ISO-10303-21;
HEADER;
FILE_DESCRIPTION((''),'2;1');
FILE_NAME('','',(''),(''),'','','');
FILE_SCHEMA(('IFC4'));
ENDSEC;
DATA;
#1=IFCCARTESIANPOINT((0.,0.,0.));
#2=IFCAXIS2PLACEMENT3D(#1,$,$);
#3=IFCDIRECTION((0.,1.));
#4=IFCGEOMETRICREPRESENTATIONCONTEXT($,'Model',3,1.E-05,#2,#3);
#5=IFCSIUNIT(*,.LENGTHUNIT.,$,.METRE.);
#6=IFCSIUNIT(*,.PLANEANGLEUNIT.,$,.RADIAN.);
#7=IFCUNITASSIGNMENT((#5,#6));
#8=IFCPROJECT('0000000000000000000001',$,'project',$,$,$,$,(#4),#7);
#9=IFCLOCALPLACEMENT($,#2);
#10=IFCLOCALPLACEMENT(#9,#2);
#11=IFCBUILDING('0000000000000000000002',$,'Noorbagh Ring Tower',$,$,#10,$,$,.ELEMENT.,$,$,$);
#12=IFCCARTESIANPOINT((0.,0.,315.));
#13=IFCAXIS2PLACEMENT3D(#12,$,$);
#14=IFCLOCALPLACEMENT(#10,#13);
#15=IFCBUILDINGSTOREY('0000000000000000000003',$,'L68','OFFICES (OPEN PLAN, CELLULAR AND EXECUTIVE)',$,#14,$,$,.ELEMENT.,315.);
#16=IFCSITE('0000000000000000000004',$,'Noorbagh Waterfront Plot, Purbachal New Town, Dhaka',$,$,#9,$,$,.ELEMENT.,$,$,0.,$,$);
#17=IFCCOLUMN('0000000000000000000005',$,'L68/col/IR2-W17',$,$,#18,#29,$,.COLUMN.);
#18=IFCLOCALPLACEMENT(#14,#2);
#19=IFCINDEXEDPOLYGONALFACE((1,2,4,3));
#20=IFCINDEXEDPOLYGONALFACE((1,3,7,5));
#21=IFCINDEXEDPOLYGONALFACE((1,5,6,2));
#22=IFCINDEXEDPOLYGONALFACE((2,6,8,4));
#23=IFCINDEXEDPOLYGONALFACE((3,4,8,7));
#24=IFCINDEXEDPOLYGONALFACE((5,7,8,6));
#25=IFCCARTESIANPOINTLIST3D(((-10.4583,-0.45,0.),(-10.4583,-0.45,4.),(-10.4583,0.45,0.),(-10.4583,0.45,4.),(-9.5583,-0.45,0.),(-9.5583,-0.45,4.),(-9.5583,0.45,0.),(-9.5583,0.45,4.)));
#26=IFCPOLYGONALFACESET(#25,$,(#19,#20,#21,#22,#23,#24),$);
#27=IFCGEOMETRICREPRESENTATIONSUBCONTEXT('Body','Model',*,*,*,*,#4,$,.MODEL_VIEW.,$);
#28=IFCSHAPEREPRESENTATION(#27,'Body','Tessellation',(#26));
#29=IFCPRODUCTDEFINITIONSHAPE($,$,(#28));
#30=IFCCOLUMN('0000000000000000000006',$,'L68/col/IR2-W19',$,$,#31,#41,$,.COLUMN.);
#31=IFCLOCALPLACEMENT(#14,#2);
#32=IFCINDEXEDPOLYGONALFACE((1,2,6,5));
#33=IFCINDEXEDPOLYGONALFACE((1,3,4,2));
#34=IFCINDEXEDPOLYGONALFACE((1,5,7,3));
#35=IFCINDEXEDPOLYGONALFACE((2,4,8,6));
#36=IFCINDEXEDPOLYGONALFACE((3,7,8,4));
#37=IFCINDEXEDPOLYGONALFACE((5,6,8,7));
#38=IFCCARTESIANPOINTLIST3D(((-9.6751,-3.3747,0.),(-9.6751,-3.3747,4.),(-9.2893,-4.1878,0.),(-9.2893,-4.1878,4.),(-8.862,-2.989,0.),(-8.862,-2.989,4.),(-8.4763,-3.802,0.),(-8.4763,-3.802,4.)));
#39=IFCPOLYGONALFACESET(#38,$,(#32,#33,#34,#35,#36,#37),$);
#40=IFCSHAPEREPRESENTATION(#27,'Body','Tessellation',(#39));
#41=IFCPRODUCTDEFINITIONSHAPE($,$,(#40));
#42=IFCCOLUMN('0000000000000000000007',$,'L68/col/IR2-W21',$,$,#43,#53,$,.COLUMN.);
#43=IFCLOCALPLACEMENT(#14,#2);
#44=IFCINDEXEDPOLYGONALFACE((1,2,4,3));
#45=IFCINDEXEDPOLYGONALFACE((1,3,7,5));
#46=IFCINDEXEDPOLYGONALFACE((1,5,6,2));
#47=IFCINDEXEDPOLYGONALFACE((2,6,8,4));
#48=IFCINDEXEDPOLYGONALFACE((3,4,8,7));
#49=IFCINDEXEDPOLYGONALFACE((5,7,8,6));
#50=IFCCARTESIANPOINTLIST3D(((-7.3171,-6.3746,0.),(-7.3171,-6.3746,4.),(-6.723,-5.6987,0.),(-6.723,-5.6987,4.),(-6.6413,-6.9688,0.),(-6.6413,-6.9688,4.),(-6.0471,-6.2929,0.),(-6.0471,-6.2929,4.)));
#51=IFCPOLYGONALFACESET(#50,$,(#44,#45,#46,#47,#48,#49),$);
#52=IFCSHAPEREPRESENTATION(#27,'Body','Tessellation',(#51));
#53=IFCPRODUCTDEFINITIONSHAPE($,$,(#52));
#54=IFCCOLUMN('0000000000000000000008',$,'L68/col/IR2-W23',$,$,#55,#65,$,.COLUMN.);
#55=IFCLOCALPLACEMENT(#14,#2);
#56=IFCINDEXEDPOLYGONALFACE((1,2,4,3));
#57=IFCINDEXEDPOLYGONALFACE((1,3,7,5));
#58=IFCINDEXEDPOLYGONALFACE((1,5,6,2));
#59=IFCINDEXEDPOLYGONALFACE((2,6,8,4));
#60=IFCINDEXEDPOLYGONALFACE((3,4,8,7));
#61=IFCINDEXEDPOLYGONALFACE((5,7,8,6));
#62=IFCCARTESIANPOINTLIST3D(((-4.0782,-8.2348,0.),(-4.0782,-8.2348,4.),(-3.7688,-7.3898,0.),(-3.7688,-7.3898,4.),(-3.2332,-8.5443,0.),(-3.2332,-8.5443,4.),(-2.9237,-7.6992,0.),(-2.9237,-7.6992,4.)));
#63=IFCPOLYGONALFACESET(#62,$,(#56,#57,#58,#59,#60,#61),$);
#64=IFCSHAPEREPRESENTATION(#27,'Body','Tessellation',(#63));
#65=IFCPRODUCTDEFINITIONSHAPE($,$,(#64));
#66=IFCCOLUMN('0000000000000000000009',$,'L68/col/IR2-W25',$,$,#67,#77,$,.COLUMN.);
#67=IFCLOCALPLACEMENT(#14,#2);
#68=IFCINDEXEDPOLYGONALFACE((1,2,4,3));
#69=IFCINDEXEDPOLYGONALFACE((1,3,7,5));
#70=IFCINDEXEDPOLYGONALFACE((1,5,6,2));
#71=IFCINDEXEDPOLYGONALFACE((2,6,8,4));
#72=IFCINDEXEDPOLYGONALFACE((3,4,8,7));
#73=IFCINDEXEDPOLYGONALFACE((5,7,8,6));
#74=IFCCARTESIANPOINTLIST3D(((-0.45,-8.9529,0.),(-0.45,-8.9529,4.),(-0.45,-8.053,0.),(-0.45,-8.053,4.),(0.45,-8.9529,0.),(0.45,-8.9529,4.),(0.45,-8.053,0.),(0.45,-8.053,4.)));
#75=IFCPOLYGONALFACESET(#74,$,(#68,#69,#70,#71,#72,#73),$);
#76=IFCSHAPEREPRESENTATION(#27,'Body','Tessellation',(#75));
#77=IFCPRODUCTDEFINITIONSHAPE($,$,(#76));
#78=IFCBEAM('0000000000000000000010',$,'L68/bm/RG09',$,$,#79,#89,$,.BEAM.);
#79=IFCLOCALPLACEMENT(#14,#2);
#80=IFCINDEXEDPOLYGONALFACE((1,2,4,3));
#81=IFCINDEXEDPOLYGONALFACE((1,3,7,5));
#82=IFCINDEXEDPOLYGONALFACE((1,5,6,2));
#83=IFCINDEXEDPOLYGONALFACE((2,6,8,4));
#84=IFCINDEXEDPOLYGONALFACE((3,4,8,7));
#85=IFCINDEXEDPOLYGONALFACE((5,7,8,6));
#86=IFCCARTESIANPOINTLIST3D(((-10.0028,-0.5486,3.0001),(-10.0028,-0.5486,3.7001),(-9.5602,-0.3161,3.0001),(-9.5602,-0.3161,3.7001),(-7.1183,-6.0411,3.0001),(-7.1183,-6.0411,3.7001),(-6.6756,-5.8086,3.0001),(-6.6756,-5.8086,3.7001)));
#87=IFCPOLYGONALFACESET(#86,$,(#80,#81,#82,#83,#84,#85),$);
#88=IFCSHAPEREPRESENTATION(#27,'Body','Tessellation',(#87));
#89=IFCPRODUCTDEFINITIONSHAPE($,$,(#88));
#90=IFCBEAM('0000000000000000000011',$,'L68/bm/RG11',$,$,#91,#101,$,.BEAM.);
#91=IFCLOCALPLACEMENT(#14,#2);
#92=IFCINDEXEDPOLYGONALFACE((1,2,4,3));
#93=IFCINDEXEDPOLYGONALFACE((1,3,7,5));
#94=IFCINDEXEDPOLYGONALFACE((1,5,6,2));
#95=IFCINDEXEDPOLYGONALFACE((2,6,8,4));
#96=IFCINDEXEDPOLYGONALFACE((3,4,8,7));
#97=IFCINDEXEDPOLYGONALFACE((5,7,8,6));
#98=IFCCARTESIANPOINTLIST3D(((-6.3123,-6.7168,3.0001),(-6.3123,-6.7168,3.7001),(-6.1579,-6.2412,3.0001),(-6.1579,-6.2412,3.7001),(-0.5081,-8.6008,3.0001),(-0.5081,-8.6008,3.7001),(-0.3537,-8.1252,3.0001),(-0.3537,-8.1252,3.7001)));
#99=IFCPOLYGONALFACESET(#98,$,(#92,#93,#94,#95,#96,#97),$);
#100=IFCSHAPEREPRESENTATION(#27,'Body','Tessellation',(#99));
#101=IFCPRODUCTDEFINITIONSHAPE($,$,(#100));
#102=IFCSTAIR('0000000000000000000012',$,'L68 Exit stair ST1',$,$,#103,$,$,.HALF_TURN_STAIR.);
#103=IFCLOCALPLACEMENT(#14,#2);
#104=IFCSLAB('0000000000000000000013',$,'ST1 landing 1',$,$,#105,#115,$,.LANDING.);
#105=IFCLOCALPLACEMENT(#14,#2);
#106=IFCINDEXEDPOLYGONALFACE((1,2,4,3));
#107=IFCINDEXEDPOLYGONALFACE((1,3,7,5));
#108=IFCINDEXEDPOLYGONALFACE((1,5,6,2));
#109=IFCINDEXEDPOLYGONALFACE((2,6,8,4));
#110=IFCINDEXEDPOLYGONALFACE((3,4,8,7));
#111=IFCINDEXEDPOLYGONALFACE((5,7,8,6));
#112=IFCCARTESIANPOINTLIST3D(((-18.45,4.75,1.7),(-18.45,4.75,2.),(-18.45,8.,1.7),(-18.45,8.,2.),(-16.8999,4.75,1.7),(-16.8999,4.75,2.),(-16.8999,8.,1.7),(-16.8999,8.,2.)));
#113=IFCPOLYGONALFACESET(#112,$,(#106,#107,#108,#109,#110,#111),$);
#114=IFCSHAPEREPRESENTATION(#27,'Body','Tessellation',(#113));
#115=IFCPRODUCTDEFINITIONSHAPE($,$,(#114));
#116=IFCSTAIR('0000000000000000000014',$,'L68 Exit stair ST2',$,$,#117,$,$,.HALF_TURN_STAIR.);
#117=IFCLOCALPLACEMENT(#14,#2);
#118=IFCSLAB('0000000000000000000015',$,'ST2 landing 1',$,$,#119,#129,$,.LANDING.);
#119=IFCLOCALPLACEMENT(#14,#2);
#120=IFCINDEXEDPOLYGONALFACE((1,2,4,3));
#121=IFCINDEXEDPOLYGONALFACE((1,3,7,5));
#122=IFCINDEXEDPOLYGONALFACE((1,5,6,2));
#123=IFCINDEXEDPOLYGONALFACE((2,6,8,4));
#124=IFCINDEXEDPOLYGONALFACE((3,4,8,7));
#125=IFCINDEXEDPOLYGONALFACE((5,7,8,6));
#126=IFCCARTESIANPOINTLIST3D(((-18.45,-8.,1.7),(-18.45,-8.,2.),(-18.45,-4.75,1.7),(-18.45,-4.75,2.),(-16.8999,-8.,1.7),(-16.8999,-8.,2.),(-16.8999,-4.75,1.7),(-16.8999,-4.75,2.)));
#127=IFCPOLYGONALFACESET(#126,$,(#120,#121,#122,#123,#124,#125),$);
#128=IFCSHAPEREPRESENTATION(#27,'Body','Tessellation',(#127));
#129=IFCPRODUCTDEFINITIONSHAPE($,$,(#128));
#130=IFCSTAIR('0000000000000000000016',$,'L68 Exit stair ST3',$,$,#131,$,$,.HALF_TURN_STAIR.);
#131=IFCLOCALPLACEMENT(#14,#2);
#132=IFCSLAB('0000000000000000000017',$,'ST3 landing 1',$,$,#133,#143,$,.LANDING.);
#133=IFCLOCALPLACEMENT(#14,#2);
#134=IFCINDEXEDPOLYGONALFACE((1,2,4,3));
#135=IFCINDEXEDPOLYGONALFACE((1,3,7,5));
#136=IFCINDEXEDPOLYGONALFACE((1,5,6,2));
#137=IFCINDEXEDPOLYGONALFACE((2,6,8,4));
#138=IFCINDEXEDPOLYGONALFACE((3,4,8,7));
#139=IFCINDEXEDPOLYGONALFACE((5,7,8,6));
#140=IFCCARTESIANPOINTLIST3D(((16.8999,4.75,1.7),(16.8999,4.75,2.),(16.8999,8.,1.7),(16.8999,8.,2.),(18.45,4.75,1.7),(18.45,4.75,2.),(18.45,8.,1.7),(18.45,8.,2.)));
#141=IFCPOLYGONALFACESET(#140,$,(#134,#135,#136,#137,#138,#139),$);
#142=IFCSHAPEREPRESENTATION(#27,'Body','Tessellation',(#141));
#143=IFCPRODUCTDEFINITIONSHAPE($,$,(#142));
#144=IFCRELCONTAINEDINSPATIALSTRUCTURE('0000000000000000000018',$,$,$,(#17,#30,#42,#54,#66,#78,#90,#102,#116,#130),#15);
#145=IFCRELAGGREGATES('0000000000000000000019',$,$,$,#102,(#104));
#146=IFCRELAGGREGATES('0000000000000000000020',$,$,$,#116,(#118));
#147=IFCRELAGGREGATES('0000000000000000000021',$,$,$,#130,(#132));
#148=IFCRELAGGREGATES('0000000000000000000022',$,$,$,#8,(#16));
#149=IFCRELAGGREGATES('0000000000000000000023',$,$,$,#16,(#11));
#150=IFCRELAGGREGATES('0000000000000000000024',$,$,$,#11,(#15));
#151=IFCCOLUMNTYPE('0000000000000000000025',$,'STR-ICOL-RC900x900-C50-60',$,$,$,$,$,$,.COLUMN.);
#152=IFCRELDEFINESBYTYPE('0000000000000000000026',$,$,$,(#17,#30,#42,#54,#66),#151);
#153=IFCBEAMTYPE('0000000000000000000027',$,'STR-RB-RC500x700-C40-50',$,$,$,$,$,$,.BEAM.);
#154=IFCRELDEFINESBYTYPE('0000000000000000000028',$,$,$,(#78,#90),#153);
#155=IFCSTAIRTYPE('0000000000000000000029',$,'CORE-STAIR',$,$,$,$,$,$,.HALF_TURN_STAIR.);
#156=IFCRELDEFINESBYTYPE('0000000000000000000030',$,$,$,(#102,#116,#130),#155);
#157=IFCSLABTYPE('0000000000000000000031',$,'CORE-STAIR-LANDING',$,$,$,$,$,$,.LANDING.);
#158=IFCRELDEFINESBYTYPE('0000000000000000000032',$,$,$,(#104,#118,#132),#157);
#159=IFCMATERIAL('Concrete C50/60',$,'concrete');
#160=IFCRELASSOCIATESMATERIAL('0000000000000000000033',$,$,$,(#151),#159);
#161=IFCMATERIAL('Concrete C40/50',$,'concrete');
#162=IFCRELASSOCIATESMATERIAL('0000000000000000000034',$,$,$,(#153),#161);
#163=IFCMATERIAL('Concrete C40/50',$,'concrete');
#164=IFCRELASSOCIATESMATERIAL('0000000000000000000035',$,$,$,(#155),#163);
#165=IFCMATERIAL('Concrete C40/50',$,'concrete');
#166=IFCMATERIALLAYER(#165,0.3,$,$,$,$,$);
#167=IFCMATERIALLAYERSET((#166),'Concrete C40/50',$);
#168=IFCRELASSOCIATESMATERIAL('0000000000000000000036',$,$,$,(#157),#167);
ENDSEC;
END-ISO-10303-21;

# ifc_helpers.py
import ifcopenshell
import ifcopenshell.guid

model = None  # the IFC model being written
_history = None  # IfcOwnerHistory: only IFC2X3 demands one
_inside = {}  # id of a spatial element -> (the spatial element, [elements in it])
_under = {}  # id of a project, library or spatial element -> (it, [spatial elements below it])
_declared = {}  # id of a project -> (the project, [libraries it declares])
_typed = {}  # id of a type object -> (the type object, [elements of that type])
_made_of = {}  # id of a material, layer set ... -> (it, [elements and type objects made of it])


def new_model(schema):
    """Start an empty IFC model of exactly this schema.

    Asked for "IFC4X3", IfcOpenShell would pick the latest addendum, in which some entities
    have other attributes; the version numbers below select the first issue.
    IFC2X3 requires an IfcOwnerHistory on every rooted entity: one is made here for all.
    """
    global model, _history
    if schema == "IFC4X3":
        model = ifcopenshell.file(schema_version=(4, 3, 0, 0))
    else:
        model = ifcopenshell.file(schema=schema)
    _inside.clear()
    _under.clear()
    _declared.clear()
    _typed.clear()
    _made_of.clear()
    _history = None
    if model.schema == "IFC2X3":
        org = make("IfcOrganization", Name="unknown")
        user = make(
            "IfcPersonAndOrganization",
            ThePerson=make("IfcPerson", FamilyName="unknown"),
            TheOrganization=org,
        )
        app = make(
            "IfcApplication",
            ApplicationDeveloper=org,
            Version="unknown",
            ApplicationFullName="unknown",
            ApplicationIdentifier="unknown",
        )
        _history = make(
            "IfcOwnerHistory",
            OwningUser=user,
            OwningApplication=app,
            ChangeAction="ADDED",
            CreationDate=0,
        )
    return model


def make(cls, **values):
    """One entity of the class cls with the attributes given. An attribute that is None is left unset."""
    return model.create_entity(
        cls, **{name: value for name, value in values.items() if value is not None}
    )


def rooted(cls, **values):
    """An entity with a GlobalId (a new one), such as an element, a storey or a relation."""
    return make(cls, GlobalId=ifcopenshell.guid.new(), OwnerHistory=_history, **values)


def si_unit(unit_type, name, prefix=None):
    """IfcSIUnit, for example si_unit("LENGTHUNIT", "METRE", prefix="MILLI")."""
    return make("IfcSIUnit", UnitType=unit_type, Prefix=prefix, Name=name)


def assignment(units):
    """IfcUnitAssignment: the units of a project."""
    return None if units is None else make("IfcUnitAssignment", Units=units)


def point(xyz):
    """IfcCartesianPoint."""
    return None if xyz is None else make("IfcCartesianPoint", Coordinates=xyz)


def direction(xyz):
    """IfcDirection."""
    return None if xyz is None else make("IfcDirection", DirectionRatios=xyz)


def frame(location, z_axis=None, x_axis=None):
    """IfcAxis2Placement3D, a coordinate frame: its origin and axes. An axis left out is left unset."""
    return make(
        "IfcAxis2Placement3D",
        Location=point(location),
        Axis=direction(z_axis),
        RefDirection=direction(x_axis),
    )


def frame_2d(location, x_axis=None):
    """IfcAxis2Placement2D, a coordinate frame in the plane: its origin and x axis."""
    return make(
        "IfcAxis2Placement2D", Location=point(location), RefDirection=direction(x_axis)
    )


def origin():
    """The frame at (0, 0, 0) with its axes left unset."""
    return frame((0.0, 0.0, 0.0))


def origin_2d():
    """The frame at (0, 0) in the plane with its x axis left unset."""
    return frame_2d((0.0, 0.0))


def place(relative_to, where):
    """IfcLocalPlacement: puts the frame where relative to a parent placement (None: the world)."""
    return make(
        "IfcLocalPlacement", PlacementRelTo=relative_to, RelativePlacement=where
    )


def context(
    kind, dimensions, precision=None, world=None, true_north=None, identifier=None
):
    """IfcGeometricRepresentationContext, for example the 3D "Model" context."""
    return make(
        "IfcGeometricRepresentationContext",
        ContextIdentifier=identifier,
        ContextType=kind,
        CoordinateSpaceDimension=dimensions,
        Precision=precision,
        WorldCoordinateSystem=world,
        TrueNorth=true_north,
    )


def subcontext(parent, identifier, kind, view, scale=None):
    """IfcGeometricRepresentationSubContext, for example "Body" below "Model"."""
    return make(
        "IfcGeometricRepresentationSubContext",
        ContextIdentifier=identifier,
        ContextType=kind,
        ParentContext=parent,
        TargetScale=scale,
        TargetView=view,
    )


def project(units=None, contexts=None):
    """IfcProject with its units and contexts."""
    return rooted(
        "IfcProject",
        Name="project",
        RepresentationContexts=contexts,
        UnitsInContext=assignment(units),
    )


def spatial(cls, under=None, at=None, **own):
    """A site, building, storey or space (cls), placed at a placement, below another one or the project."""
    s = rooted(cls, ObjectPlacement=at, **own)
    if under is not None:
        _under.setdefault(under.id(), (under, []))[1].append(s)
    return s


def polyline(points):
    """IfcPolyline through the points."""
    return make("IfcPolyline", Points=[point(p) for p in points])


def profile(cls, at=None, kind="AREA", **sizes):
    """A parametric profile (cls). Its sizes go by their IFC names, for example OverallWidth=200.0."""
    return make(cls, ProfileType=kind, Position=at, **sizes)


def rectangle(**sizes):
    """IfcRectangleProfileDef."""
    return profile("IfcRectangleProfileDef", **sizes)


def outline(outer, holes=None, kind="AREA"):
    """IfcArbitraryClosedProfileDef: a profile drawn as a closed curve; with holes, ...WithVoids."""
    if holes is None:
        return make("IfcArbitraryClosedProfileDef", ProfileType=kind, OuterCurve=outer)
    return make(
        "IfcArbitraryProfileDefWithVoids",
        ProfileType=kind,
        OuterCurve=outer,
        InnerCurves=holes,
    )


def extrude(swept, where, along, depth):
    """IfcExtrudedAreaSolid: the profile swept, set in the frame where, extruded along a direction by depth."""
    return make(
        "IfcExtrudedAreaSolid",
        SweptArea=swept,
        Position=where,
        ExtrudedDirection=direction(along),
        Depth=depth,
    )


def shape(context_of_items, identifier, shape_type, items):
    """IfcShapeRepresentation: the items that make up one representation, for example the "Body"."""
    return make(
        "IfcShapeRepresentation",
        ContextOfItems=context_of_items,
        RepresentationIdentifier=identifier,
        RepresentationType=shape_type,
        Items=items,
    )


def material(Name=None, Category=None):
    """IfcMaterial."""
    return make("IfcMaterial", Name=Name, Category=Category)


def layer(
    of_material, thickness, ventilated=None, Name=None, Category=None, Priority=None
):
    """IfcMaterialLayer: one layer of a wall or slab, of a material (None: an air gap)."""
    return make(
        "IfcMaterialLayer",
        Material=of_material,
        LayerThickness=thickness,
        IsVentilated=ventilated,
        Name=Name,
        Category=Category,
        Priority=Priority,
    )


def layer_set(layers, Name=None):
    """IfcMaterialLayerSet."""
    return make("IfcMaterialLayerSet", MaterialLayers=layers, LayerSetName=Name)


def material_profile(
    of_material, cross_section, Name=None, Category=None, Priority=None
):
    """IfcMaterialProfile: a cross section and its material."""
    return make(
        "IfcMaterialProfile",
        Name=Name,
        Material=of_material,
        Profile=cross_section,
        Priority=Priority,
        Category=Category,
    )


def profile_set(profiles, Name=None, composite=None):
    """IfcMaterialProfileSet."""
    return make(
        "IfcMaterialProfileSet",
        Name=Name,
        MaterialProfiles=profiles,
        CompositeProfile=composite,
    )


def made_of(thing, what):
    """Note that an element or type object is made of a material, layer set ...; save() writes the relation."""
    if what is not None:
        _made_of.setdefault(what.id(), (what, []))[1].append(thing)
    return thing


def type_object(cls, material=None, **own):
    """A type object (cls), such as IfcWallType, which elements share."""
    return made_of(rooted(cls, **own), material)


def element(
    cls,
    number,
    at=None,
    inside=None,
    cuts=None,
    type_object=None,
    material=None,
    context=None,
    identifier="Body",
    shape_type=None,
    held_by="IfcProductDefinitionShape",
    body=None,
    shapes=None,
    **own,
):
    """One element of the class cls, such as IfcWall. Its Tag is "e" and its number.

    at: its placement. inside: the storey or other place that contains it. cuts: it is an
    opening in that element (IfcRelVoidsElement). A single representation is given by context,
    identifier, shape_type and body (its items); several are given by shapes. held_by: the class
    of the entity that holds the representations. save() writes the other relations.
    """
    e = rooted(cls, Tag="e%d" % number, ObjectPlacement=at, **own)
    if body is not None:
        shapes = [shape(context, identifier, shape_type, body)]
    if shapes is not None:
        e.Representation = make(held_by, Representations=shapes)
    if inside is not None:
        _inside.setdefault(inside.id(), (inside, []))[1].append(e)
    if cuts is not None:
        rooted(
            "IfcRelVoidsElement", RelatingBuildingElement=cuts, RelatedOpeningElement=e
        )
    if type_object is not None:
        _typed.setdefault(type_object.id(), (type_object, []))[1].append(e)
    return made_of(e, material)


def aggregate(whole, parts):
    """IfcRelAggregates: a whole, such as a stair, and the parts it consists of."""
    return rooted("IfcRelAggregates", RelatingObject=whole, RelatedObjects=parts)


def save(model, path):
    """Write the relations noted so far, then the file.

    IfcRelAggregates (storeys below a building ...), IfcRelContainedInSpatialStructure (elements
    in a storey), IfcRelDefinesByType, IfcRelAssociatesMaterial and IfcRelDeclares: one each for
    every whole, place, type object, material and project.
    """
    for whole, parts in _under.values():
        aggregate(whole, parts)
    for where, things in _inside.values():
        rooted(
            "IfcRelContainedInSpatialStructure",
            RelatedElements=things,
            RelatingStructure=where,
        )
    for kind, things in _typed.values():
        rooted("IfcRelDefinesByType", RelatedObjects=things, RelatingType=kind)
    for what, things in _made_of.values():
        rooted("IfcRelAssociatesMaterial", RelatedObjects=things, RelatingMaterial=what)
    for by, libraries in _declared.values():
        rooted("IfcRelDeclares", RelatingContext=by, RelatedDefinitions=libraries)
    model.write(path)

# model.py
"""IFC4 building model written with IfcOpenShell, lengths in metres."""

from ifc_helpers import new_model, si_unit, direction, frame, origin, origin_2d, place, context, subcontext, project, spatial, polyline, rectangle, outline, extrude, material, layer, layer_set, material_profile, profile_set, type_object, element, aggregate, save


model = new_model("IFC4")

# Units and contexts
model_context = context("Model", 3, precision=1e-05, world=origin(), true_north=direction((0.0, 1.0)))
body_context = subcontext(model_context, "Body", "Model", "MODEL_VIEW")
ifc_project = project(units=[si_unit("LENGTHUNIT", "METRE"), si_unit("PLANEANGLEUNIT", "RADIAN")], contexts=[model_context])

# Site, building, storey
site_placement = place(None, origin())
site = spatial("IfcSite", under=ifc_project, at=site_placement, Name="Noorbagh Waterfront Plot, Purbachal New Town, Dhaka", CompositionType="ELEMENT", RefElevation=0.0)
building_placement = place(site_placement, origin())
building = spatial("IfcBuilding", under=site, at=building_placement, Name="Noorbagh Ring Tower", CompositionType="ELEMENT")
storey_placement = place(building_placement, frame((0.0, 0.0, 315.0)))
storey = spatial("IfcBuildingStorey", under=building, at=storey_placement, Name="L68", Description="OFFICES (OPEN PLAN, CELLULAR AND EXECUTIVE)", CompositionType="ELEMENT", Elevation=315.0)

# Columns
ifc_material_1 = material(Name="Concrete C50/60", Category="concrete")
ifc_material_profile_1 = material_profile(ifc_material_1, rectangle(XDim=0.8999, YDim=0.8999, at=origin_2d()), Name="RC900x900")
ifc_profile_set_1 = profile_set([ifc_material_profile_1], Name="Concrete C50/60")
column_type = type_object("IfcColumnType", Name="STR-ICOL-RC900x900-C50-60", PredefinedType="COLUMN", material=ifc_profile_set_1)
for number, where, z_axis, x_axis, name in (
    (1, (-10.0083, 0.0, 0.0), (0.0, 0.0, 1.0), (0.0, -1.0, 0.0), "L68/col/IR2-W17"),
    (2, (-9.0757, -3.5884, 0.0), (0.0, 0.0, 1.0), (0.428667, -0.903463, 0.0), "L68/col/IR2-W19"),
    (3, (-6.6821, -6.3337, 0.0), (0.0, 0.0, 1.0), (0.751022, -0.660277, 0.0), "L68/col/IR2-W21"),
    (4, (-3.501, -7.967, 0.0), (0.0, 0.0, 1.0), (0.93902, -0.343864, 0.0), "L68/col/IR2-W23"),
    (5, (0.0, -8.5029, 0.0), (0.0, 0.0, 1.0), (1.0, 0.0, 0.0), "L68/col/IR2-W25"),
):
    element("IfcColumn", number, at=place(storey_placement, frame(where, z_axis=z_axis, x_axis=x_axis)), inside=storey, type_object=column_type, Name=name, PredefinedType="COLUMN", context=body_context, shape_type="SweptSolid", body=[
        extrude(rectangle(XDim=0.8999, YDim=0.8999, at=origin_2d()), origin(), (0.0, 0.0, 1.0), 4.0),
    ])

# Beams
ifc_material_2 = material(Name="Concrete C40/50", Category="concrete")
ifc_material_profile_2 = material_profile(ifc_material_2, rectangle(XDim=0.5, YDim=0.7, at=origin_2d()), Name="RC500x700")
ifc_profile_set_2 = profile_set([ifc_material_profile_2], Name="Concrete C40/50")
beam_type = type_object("IfcBeamType", Name="STR-RB-RC500x700-C40-50", PredefinedType="BEAM", material=ifc_profile_set_2)
beam_1_placement = place(storey_placement, frame((-9.7815, -0.4324, 3.3501), z_axis=(0.46496, -0.885332, 0.0), x_axis=(0.885332, 0.46496, 0.0)))
element("IfcBeam", 6, at=beam_1_placement, inside=storey, type_object=beam_type, Name="L68/bm/RG09", PredefinedType="BEAM", context=body_context, shape_type="SweptSolid", body=[
    extrude(rectangle(XDim=0.5, YDim=0.7, at=origin_2d()), origin(), (0.0, 0.0, 1.0), 6.2039),
])
beam_2_placement = place(storey_placement, frame((-6.2351, -6.479, 3.3501), z_axis=(0.951146, -0.30874, 0.0), x_axis=(0.30874, 0.951146, 0.0)))
element("IfcBeam", 7, at=beam_2_placement, inside=storey, type_object=beam_type, Name="L68/bm/RG11", PredefinedType="BEAM", context=body_context, shape_type="SweptSolid", body=[
    extrude(rectangle(XDim=0.5, YDim=0.7, at=origin_2d()), origin(), (0.0, 0.0, 1.0), 6.1023),
])

# Stairs, slabs
ifc_material_3 = material(Name="Concrete C40/50", Category="concrete")
stair_type = type_object("IfcStairType", Name="CORE-STAIR", PredefinedType="HALF_TURN_STAIR", material=ifc_material_3)
stair_1_placement = place(storey_placement, origin())
stair_1 = element("IfcStair", 8, at=stair_1_placement, inside=storey, type_object=stair_type, Name="L68 Exit stair ST1", PredefinedType="HALF_TURN_STAIR")
ifc_material_4 = material(Name="Concrete C40/50", Category="concrete")
ifc_layer_1 = layer(ifc_material_4, 0.3)
ifc_layer_set_1 = layer_set([ifc_layer_1], Name="Concrete C40/50")
slab_type_1 = type_object("IfcSlabType", Name="CORE-STAIR-LANDING", PredefinedType="LANDING", material=ifc_layer_set_1)
slab_1_placement = place(storey_placement, frame((0.0, 0.0, 1.7)))
slab_1 = element("IfcSlab", 9, at=slab_1_placement, type_object=slab_type_1, Name="ST1 landing 1", PredefinedType="LANDING", context=body_context, shape_type="SweptSolid", body=[
    extrude(outline(polyline([(-18.45, 4.75), (-16.8999, 4.75), (-16.8999, 8.0), (-18.45, 8.0), (-18.45, 4.75)])), origin(), (0.0, 0.0, 1.0), 0.3),
])
aggregate(stair_1, [slab_1])
stair_2_placement = place(storey_placement, origin())
stair_2 = element("IfcStair", 10, at=stair_2_placement, inside=storey, type_object=stair_type, Name="L68 Exit stair ST2", PredefinedType="HALF_TURN_STAIR")
slab_2_placement = place(storey_placement, frame((0.0, 0.0, 1.7)))
slab_2 = element("IfcSlab", 11, at=slab_2_placement, type_object=slab_type_1, Name="ST2 landing 1", PredefinedType="LANDING", context=body_context, shape_type="SweptSolid", body=[
    extrude(outline(polyline([(-18.45, -8.0), (-16.8999, -8.0), (-16.8999, -4.75), (-18.45, -4.75), (-18.45, -8.0)])), origin(), (0.0, 0.0, 1.0), 0.3),
])
aggregate(stair_2, [slab_2])
stair_3_placement = place(storey_placement, origin())
stair_3 = element("IfcStair", 12, at=stair_3_placement, inside=storey, type_object=stair_type, Name="L68 Exit stair ST3", PredefinedType="HALF_TURN_STAIR")
slab_3_placement = place(storey_placement, frame((0.0, 0.0, 1.7)))
slab_3 = element("IfcSlab", 13, at=slab_3_placement, type_object=slab_type_1, Name="ST3 landing 1", PredefinedType="LANDING", context=body_context, shape_type="SweptSolid", body=[
    extrude(outline(polyline([(18.45, 8.0), (16.8999, 8.0), (16.8999, 4.75), (18.45, 4.75), (18.45, 8.0)])), origin(), (0.0, 0.0, 1.0), 0.3),
])
aggregate(stair_3, [slab_3])

save(model, "model.ifc")
